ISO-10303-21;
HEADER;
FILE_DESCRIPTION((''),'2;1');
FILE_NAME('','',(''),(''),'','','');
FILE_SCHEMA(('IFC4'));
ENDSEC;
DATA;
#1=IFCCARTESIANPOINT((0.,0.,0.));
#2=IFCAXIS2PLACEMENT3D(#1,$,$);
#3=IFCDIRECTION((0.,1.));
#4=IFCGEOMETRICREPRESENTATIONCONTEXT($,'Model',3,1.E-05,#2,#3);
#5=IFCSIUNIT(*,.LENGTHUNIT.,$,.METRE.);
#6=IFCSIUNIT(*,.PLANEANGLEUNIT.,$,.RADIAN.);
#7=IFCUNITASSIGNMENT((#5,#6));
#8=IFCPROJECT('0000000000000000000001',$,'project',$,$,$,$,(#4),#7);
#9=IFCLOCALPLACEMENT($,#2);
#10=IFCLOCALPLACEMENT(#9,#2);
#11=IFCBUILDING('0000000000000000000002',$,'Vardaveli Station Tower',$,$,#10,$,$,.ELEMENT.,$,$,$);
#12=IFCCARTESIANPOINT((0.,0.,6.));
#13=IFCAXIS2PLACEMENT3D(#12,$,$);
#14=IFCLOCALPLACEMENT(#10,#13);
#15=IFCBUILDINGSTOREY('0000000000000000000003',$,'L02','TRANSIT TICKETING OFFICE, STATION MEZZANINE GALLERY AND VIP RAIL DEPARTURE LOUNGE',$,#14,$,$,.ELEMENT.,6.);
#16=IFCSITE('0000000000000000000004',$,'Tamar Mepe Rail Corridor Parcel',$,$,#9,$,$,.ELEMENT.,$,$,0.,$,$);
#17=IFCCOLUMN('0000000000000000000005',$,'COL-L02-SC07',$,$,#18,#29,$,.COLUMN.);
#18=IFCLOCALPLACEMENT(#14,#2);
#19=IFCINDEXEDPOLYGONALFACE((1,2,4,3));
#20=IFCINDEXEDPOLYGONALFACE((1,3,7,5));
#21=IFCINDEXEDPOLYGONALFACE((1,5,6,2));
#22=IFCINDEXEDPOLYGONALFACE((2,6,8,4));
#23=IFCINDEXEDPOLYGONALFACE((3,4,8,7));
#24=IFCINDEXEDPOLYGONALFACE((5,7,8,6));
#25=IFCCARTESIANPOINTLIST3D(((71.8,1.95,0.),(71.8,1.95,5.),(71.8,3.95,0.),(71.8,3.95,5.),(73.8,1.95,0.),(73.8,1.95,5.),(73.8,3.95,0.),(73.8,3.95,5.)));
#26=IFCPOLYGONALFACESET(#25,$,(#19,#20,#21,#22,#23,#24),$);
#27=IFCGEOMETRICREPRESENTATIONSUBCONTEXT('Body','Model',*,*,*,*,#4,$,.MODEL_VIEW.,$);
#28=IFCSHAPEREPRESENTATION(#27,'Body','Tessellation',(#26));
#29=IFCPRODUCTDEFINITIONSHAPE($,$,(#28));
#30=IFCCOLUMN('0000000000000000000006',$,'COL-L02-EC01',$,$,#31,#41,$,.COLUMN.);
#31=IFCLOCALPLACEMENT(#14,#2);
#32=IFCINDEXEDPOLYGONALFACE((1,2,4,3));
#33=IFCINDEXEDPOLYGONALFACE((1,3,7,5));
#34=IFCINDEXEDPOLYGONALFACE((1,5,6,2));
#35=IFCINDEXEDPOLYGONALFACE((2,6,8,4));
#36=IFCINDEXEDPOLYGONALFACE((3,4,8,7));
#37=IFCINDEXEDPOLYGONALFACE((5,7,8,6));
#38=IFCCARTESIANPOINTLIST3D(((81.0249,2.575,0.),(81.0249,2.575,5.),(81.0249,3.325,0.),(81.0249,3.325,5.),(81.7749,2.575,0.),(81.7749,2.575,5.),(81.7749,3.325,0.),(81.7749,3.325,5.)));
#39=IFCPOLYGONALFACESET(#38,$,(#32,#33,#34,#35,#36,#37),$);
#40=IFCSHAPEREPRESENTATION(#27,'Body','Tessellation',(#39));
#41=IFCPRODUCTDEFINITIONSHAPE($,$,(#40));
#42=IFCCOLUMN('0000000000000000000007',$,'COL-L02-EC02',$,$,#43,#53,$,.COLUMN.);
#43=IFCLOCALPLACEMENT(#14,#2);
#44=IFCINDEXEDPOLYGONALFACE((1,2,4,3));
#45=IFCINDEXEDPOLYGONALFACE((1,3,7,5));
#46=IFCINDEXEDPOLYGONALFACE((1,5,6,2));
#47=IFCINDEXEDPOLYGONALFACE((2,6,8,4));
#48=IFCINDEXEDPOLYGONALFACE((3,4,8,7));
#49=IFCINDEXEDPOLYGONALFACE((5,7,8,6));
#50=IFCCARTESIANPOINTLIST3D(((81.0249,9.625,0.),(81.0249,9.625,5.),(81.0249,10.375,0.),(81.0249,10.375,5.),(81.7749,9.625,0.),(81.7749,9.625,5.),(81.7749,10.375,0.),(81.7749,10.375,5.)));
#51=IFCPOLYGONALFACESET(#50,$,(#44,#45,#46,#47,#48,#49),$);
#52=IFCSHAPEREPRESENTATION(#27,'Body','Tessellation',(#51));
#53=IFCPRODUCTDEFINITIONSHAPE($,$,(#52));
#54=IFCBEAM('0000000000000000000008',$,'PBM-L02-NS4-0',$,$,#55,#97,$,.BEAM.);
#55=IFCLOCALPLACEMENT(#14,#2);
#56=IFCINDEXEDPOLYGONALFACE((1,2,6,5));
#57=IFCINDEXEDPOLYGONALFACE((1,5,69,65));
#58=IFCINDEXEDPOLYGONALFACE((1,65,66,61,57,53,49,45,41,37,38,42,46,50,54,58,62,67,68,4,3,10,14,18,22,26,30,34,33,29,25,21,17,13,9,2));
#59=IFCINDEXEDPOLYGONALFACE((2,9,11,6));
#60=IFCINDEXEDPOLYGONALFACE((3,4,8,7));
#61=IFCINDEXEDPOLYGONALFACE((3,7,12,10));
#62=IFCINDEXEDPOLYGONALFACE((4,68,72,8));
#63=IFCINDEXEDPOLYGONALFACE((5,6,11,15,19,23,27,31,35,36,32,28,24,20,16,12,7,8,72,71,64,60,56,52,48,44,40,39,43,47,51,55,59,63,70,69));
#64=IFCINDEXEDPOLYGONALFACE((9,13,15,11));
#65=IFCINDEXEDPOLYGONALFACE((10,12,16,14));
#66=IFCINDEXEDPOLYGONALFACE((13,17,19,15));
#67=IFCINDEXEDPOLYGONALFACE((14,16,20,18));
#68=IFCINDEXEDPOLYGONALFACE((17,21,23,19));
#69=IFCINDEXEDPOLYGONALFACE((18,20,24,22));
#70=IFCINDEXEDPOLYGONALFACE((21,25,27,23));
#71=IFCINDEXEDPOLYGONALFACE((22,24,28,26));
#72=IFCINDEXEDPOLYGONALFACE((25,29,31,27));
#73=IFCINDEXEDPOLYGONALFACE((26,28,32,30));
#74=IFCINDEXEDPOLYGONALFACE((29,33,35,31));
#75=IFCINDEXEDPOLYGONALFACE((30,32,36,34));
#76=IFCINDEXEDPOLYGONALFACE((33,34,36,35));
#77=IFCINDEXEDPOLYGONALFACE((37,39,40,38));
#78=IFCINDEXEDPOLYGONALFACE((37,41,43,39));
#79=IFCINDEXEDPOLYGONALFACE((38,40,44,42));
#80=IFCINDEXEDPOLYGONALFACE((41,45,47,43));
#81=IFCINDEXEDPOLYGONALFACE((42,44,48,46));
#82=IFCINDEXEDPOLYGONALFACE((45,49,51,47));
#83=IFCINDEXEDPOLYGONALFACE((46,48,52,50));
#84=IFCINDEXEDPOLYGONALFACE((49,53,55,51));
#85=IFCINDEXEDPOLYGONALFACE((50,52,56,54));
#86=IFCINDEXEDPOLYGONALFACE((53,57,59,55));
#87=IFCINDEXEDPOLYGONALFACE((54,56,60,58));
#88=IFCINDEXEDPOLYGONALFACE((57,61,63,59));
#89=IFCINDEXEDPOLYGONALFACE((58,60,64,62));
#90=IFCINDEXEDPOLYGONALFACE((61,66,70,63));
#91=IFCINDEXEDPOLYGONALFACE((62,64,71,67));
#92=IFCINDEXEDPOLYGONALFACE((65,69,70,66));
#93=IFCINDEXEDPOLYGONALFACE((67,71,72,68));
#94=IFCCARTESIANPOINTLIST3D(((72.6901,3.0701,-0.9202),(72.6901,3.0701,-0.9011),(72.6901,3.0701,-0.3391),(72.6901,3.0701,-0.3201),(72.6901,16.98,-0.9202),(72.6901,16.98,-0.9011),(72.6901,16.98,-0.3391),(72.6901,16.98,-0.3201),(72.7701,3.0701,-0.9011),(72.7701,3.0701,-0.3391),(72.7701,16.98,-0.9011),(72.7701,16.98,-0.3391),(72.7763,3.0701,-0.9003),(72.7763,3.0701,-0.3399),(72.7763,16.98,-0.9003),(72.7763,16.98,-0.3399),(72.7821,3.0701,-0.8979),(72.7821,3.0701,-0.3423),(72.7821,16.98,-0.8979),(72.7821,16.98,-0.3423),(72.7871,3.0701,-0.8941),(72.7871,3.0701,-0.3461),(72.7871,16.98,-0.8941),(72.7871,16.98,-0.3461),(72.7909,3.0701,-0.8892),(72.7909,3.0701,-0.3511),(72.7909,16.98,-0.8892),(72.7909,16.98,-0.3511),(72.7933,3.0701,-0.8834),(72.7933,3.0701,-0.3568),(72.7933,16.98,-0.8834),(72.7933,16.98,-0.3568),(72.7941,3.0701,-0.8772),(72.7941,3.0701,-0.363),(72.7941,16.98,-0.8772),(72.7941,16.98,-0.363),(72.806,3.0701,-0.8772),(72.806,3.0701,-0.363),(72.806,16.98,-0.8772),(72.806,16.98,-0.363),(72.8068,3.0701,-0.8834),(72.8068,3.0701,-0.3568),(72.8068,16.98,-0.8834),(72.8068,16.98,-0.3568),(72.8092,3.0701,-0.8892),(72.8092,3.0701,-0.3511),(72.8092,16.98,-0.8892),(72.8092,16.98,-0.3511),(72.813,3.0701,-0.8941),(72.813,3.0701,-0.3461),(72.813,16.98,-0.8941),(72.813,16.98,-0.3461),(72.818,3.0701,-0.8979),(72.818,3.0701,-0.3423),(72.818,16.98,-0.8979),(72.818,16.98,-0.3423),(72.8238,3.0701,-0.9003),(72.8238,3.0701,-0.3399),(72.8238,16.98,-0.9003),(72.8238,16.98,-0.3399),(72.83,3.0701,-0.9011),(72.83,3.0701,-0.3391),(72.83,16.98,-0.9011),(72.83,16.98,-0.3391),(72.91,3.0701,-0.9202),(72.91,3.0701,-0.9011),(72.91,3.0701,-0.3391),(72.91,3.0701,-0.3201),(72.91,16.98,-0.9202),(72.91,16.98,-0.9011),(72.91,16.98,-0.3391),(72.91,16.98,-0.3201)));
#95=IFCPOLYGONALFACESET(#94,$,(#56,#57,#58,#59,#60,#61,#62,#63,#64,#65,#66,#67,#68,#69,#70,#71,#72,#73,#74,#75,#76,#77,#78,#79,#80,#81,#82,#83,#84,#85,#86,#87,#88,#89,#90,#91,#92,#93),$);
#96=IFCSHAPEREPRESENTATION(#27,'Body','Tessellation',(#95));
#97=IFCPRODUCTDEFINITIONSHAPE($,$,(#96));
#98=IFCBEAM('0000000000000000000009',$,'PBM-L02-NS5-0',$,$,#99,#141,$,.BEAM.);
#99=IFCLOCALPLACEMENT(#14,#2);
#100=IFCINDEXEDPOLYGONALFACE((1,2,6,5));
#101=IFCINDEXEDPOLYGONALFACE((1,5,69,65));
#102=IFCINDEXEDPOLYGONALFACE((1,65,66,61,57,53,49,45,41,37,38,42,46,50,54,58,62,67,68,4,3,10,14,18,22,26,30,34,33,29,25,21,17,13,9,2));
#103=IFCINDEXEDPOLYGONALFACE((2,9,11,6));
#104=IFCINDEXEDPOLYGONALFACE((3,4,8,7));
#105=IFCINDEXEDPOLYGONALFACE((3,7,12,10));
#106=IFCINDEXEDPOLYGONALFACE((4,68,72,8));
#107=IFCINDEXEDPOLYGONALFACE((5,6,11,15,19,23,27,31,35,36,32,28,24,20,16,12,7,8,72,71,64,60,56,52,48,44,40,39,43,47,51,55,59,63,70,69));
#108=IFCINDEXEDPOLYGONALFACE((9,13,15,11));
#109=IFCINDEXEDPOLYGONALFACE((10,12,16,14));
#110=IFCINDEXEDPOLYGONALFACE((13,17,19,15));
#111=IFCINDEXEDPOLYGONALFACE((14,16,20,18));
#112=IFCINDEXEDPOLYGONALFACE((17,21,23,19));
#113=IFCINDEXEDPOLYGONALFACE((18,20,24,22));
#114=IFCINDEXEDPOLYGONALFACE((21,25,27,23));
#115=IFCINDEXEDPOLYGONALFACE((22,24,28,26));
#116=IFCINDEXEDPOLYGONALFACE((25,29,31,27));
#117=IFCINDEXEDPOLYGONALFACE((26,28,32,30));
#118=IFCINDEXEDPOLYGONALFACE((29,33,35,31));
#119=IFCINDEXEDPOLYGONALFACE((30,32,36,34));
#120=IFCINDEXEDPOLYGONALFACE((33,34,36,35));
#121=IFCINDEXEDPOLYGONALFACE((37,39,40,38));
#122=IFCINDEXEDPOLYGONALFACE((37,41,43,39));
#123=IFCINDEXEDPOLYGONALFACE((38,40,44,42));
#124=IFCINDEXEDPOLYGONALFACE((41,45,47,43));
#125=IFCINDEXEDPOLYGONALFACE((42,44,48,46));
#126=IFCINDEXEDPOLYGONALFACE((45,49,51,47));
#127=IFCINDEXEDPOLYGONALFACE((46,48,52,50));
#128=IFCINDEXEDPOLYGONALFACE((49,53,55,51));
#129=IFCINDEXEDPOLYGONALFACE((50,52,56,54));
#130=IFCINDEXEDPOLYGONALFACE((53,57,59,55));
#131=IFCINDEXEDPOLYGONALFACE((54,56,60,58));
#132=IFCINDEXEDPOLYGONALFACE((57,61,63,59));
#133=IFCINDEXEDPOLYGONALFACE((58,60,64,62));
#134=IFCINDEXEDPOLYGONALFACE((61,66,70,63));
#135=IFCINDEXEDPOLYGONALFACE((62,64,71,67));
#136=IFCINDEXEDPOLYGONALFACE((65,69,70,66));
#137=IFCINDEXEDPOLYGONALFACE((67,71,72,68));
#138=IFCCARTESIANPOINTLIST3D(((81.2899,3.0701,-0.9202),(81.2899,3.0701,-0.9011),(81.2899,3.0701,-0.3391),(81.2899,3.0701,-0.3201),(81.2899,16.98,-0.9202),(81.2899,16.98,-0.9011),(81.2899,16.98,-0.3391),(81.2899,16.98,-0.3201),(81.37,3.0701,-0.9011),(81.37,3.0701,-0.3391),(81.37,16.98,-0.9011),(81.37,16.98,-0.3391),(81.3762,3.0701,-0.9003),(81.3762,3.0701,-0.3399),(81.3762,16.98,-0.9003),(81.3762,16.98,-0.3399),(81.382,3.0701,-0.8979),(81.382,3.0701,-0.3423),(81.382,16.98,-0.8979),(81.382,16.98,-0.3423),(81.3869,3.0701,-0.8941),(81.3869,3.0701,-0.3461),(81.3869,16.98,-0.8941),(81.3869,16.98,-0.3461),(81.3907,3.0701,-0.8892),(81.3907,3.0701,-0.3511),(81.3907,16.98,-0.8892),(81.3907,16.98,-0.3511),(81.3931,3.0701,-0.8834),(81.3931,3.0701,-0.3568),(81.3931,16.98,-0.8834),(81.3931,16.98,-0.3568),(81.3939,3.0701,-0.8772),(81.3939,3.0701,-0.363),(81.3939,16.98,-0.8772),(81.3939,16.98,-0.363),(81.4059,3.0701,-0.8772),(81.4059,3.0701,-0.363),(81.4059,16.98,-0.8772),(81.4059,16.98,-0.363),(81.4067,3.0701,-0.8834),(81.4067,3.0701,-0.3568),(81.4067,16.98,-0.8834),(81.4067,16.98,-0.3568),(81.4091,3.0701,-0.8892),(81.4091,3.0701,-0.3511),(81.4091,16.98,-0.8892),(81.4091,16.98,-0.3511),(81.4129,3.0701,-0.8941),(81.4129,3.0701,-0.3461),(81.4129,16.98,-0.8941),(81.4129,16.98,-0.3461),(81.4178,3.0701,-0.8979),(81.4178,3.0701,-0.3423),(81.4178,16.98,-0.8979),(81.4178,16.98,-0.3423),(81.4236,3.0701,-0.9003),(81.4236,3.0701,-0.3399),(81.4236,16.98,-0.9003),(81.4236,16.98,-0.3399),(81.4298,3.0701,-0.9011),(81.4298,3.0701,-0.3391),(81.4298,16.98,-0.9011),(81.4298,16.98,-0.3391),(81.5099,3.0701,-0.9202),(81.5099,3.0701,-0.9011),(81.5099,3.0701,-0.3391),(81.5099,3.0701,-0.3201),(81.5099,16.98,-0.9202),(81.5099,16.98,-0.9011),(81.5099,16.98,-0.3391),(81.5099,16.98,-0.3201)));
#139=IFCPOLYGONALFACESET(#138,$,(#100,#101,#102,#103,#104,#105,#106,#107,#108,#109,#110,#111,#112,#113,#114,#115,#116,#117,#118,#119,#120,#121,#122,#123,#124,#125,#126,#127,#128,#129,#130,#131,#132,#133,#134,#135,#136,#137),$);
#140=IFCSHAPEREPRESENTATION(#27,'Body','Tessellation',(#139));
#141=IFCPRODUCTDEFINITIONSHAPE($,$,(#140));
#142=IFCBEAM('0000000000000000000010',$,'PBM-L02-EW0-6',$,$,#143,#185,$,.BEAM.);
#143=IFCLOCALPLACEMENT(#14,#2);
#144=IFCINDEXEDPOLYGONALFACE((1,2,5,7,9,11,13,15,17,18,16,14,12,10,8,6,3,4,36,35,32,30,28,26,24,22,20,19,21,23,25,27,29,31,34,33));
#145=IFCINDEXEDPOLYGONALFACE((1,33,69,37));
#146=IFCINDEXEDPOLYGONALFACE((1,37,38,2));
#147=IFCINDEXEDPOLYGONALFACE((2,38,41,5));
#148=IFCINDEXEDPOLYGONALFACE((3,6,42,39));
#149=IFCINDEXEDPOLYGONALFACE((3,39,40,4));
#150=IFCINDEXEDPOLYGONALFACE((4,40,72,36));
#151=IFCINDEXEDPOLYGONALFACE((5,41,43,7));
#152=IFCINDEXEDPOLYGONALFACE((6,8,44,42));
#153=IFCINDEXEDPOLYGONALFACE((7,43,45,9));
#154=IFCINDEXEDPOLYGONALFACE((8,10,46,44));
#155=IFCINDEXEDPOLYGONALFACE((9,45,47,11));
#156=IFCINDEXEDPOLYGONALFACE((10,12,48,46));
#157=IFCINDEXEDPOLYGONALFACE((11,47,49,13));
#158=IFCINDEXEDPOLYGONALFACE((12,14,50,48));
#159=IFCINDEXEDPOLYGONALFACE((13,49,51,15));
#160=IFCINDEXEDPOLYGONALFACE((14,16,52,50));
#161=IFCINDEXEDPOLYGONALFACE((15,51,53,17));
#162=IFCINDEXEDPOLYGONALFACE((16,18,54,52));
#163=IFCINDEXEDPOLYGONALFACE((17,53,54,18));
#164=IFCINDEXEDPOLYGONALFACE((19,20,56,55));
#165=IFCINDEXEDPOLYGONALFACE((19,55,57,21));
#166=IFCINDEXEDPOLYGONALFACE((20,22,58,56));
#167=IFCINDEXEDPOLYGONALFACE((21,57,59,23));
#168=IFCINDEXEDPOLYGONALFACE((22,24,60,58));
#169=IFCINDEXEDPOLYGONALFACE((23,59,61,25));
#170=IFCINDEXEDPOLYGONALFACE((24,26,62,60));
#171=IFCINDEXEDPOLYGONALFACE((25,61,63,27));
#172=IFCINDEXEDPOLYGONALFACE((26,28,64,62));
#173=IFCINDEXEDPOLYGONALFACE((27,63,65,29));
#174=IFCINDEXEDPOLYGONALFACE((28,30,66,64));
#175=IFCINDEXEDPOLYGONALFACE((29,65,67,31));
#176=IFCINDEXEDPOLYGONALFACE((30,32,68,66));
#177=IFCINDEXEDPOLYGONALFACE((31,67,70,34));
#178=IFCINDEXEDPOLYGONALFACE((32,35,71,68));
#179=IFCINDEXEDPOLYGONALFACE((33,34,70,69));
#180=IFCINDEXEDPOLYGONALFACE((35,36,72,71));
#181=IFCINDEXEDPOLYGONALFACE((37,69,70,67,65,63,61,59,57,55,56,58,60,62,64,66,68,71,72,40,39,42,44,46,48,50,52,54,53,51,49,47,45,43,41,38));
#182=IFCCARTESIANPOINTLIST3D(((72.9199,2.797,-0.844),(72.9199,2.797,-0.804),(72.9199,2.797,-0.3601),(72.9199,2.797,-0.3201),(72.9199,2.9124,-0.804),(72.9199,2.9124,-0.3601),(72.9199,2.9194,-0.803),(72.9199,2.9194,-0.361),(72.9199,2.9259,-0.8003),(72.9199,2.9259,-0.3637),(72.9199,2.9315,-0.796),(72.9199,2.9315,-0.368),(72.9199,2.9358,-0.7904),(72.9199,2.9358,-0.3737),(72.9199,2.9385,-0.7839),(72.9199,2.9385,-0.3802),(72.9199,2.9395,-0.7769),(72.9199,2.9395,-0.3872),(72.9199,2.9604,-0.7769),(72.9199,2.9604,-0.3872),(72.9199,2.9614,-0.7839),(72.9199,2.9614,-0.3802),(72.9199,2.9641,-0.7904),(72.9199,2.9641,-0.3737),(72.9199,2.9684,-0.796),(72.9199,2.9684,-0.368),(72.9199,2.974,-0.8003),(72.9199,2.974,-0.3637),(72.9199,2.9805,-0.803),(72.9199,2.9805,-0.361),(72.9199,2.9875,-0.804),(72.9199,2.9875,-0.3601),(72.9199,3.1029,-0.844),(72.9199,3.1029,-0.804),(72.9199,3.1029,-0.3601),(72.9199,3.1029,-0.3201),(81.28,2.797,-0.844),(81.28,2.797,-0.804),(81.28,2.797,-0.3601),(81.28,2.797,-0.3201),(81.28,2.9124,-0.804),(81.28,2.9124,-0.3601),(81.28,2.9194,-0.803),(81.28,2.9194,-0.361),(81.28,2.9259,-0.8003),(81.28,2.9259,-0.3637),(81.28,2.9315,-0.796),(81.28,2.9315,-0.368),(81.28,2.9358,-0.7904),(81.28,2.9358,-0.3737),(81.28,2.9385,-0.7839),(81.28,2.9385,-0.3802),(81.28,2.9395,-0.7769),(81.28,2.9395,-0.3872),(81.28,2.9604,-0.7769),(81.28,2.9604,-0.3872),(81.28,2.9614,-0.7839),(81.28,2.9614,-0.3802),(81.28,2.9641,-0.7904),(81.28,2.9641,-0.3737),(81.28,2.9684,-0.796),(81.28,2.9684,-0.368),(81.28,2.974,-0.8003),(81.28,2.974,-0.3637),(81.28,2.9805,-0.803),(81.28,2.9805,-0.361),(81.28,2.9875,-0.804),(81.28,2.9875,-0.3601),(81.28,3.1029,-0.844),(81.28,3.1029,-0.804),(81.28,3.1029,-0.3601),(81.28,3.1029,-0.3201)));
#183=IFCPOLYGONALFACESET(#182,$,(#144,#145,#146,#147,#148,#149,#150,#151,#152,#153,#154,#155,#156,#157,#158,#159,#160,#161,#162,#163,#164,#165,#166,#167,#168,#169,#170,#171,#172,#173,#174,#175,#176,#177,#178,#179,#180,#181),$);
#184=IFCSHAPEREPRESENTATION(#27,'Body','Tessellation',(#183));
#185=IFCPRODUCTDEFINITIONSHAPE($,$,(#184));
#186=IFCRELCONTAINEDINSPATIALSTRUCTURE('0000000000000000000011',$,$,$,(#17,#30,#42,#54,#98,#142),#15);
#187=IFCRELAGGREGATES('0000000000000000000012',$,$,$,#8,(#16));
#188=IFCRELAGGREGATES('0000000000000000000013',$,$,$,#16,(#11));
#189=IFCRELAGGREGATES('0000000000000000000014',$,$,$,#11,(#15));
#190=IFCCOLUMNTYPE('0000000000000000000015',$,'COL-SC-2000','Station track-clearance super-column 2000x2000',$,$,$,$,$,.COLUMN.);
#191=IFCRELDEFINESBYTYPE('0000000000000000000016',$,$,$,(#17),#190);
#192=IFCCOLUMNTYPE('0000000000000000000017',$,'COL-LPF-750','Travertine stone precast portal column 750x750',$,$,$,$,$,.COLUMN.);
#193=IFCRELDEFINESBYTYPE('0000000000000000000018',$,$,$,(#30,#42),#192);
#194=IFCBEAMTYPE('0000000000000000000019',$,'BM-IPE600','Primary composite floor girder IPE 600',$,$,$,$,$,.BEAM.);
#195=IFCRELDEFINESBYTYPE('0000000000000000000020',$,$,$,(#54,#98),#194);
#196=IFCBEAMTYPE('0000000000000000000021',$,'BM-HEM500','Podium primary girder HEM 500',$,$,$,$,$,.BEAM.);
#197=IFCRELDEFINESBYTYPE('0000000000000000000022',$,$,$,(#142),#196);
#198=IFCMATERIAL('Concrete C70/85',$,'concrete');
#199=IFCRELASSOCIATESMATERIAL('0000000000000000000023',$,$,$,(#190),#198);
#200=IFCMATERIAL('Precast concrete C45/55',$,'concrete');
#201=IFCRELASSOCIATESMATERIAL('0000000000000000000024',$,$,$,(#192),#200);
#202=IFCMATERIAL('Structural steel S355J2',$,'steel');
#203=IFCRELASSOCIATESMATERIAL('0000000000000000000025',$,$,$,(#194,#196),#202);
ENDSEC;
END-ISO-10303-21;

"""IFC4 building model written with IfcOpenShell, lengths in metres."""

from ifc_helpers import new_model, si_unit, direction, frame, origin, origin_2d, place, context, subcontext, project, spatial, rectangle, i_section, extrude, source, transform, mapped, material, material_profile, profile_set, type_object, element, save


model = new_model("IFC4")

# Units and contexts
model_context = context("Model", 3, precision=1e-05, world=origin(), true_north=direction((0.0, 1.0)))
body_context = subcontext(model_context, "Body", "Model", "MODEL_VIEW")
ifc_project = project(units=[si_unit("LENGTHUNIT", "METRE"), si_unit("PLANEANGLEUNIT", "RADIAN")], contexts=[model_context])

# Site, building, storey
site_placement = place(None, origin())
site = spatial("IfcSite", under=ifc_project, at=site_placement, Name="Tamar Mepe Rail Corridor Parcel", CompositionType="ELEMENT", RefElevation=0.0)
building_placement = place(site_placement, origin())
building = spatial("IfcBuilding", under=site, at=building_placement, Name="Vardaveli Station Tower", CompositionType="ELEMENT")
storey_placement = place(building_placement, frame((0.0, 0.0, 6.0)))
storey = spatial("IfcBuildingStorey", under=building, at=storey_placement, Name="L02", Description="TRANSIT TICKETING OFFICE, STATION MEZZANINE GALLERY AND VIP RAIL DEPARTURE LOUNGE", CompositionType="ELEMENT", Elevation=6.0)

# Columns
ifc_material_1 = material(Name="Concrete C70/85", Category="concrete")
ifc_material_profile_1 = material_profile(ifc_material_1, rectangle(XDim=2.0, YDim=2.0, at=origin_2d()), Name="SC 2000x2000")
ifc_profile_set_1 = profile_set([ifc_material_profile_1], Name="Concrete C70/85")
column_type_1 = type_object("IfcColumnType", Name="COL-SC-2000", Description="Station track-clearance super-column 2000x2000", PredefinedType="COLUMN", material=ifc_profile_set_1)
shared_shape_1 = source(origin(), body_context, "Body", "SweptSolid", [
    extrude(rectangle(XDim=2.0, YDim=2.0, at=origin_2d()), origin(), (0.0, 0.0, 1.0), 5.0),
])
column_placement = place(storey_placement, frame((72.8, 2.95, 0.0), z_axis=(0.0, 0.0, 1.0), x_axis=(1.0, 0.0, 0.0)))
element("IfcColumn", 1, at=column_placement, inside=storey, type_object=column_type_1, Name="COL-L02-SC07", PredefinedType="COLUMN", context=body_context, shape_type="MappedRepresentation", body=[
    mapped(shared_shape_1, transform((0.0, 0.0, 0.0), scale=1.0)),
])
ifc_material_2 = material(Name="Precast concrete C45/55", Category="concrete")
ifc_material_profile_2 = material_profile(ifc_material_2, rectangle(XDim=0.75, YDim=0.75, at=origin_2d()), Name="LPF 750x750")
ifc_profile_set_2 = profile_set([ifc_material_profile_2], Name="Precast concrete C45/55")
column_type_2 = type_object("IfcColumnType", Name="COL-LPF-750", Description="Travertine stone precast portal column 750x750", PredefinedType="COLUMN", material=ifc_profile_set_2)
shared_shape_2 = source(origin(), body_context, "Body", "SweptSolid", [
    extrude(rectangle(XDim=0.75, YDim=0.75, at=origin_2d()), origin(), (0.0, 0.0, 1.0), 5.0),
])
for number, where, z_axis, x_axis, name in (
    (2, (81.3999, 2.95, 0.0), (0.0, 0.0, 1.0), (1.0, 0.0, 0.0), "COL-L02-EC01"),
    (3, (81.3999, 10.0, 0.0), (0.0, 0.0, 1.0), (1.0, 0.0, 0.0), "COL-L02-EC02"),
):
    element("IfcColumn", number, at=place(storey_placement, frame(where, z_axis=z_axis, x_axis=x_axis)), inside=storey, type_object=column_type_2, Name=name, PredefinedType="COLUMN", context=body_context, shape_type="MappedRepresentation", body=[
        mapped(shared_shape_2, transform((0.0, 0.0, 0.0), scale=1.0)),
    ])

# Beams
ifc_material_3 = material(Name="Structural steel S355J2", Category="steel")
ifc_material_profile_3 = material_profile(ifc_material_3, i_section(OverallWidth=0.22, OverallDepth=0.6001, WebThickness=0.012, FlangeThickness=0.019, FilletRadius=0.0239, at=origin_2d()), Name="IPE 600")
ifc_profile_set_3 = profile_set([ifc_material_profile_3], Name="Structural steel S355J2")
beam_type_1 = type_object("IfcBeamType", Name="BM-IPE600", Description="Primary composite floor girder IPE 600", PredefinedType="BEAM", material=ifc_profile_set_3)
shared_shape_3 = source(origin(), body_context, "Body", "SweptSolid", [
    extrude(i_section(OverallWidth=0.22, OverallDepth=0.6001, WebThickness=0.012, FlangeThickness=0.019, FilletRadius=0.0239, at=origin_2d()), origin(), (0.0, 0.0, 1.0), 13.9099),
])
for number, where, z_axis, x_axis, name in (
    (4, (72.8, 3.0701, -0.6201), (0.0, 1.0, 0.0), (-1.0, 0.0, 0.0), "PBM-L02-NS4-0"),
    (5, (81.3999, 3.0701, -0.6201), (0.0, 1.0, 0.0), (-1.0, 0.0, 0.0), "PBM-L02-NS5-0"),
):
    element("IfcBeam", number, at=place(storey_placement, frame(where, z_axis=z_axis, x_axis=x_axis)), inside=storey, type_object=beam_type_1, Name=name, PredefinedType="BEAM", context=body_context, shape_type="MappedRepresentation", body=[
        mapped(shared_shape_3, transform((0.0, 0.0, 0.0), scale=1.0)),
    ])
ifc_material_profile_4 = material_profile(ifc_material_3, i_section(OverallWidth=0.3059, OverallDepth=0.5239, WebThickness=0.021, FlangeThickness=0.04, FilletRadius=0.0271, at=origin_2d()), Name="HEM 500")
ifc_profile_set_4 = profile_set([ifc_material_profile_4], Name="Structural steel S355J2")
beam_type_2 = type_object("IfcBeamType", Name="BM-HEM500", Description="Podium primary girder HEM 500", PredefinedType="BEAM", material=ifc_profile_set_4)
shared_shape_4 = source(origin(), body_context, "Body", "SweptSolid", [
    extrude(i_section(OverallWidth=0.3059, OverallDepth=0.5239, WebThickness=0.021, FlangeThickness=0.04, FilletRadius=0.0271, at=origin_2d()), origin(), (0.0, 0.0, 1.0), 8.3601),
])
beam_1_placement = place(storey_placement, frame((72.9199, 2.95, -0.582), z_axis=(1.0, 0.0, 0.0), x_axis=(0.0, 1.0, 0.0)))
element("IfcBeam", 6, at=beam_1_placement, inside=storey, type_object=beam_type_2, Name="PBM-L02-EW0-6", PredefinedType="BEAM", context=body_context, shape_type="MappedRepresentation", body=[
    mapped(shared_shape_4, transform((0.0, 0.0, 0.0), scale=1.0)),
])

save(model, "model.ifc")
